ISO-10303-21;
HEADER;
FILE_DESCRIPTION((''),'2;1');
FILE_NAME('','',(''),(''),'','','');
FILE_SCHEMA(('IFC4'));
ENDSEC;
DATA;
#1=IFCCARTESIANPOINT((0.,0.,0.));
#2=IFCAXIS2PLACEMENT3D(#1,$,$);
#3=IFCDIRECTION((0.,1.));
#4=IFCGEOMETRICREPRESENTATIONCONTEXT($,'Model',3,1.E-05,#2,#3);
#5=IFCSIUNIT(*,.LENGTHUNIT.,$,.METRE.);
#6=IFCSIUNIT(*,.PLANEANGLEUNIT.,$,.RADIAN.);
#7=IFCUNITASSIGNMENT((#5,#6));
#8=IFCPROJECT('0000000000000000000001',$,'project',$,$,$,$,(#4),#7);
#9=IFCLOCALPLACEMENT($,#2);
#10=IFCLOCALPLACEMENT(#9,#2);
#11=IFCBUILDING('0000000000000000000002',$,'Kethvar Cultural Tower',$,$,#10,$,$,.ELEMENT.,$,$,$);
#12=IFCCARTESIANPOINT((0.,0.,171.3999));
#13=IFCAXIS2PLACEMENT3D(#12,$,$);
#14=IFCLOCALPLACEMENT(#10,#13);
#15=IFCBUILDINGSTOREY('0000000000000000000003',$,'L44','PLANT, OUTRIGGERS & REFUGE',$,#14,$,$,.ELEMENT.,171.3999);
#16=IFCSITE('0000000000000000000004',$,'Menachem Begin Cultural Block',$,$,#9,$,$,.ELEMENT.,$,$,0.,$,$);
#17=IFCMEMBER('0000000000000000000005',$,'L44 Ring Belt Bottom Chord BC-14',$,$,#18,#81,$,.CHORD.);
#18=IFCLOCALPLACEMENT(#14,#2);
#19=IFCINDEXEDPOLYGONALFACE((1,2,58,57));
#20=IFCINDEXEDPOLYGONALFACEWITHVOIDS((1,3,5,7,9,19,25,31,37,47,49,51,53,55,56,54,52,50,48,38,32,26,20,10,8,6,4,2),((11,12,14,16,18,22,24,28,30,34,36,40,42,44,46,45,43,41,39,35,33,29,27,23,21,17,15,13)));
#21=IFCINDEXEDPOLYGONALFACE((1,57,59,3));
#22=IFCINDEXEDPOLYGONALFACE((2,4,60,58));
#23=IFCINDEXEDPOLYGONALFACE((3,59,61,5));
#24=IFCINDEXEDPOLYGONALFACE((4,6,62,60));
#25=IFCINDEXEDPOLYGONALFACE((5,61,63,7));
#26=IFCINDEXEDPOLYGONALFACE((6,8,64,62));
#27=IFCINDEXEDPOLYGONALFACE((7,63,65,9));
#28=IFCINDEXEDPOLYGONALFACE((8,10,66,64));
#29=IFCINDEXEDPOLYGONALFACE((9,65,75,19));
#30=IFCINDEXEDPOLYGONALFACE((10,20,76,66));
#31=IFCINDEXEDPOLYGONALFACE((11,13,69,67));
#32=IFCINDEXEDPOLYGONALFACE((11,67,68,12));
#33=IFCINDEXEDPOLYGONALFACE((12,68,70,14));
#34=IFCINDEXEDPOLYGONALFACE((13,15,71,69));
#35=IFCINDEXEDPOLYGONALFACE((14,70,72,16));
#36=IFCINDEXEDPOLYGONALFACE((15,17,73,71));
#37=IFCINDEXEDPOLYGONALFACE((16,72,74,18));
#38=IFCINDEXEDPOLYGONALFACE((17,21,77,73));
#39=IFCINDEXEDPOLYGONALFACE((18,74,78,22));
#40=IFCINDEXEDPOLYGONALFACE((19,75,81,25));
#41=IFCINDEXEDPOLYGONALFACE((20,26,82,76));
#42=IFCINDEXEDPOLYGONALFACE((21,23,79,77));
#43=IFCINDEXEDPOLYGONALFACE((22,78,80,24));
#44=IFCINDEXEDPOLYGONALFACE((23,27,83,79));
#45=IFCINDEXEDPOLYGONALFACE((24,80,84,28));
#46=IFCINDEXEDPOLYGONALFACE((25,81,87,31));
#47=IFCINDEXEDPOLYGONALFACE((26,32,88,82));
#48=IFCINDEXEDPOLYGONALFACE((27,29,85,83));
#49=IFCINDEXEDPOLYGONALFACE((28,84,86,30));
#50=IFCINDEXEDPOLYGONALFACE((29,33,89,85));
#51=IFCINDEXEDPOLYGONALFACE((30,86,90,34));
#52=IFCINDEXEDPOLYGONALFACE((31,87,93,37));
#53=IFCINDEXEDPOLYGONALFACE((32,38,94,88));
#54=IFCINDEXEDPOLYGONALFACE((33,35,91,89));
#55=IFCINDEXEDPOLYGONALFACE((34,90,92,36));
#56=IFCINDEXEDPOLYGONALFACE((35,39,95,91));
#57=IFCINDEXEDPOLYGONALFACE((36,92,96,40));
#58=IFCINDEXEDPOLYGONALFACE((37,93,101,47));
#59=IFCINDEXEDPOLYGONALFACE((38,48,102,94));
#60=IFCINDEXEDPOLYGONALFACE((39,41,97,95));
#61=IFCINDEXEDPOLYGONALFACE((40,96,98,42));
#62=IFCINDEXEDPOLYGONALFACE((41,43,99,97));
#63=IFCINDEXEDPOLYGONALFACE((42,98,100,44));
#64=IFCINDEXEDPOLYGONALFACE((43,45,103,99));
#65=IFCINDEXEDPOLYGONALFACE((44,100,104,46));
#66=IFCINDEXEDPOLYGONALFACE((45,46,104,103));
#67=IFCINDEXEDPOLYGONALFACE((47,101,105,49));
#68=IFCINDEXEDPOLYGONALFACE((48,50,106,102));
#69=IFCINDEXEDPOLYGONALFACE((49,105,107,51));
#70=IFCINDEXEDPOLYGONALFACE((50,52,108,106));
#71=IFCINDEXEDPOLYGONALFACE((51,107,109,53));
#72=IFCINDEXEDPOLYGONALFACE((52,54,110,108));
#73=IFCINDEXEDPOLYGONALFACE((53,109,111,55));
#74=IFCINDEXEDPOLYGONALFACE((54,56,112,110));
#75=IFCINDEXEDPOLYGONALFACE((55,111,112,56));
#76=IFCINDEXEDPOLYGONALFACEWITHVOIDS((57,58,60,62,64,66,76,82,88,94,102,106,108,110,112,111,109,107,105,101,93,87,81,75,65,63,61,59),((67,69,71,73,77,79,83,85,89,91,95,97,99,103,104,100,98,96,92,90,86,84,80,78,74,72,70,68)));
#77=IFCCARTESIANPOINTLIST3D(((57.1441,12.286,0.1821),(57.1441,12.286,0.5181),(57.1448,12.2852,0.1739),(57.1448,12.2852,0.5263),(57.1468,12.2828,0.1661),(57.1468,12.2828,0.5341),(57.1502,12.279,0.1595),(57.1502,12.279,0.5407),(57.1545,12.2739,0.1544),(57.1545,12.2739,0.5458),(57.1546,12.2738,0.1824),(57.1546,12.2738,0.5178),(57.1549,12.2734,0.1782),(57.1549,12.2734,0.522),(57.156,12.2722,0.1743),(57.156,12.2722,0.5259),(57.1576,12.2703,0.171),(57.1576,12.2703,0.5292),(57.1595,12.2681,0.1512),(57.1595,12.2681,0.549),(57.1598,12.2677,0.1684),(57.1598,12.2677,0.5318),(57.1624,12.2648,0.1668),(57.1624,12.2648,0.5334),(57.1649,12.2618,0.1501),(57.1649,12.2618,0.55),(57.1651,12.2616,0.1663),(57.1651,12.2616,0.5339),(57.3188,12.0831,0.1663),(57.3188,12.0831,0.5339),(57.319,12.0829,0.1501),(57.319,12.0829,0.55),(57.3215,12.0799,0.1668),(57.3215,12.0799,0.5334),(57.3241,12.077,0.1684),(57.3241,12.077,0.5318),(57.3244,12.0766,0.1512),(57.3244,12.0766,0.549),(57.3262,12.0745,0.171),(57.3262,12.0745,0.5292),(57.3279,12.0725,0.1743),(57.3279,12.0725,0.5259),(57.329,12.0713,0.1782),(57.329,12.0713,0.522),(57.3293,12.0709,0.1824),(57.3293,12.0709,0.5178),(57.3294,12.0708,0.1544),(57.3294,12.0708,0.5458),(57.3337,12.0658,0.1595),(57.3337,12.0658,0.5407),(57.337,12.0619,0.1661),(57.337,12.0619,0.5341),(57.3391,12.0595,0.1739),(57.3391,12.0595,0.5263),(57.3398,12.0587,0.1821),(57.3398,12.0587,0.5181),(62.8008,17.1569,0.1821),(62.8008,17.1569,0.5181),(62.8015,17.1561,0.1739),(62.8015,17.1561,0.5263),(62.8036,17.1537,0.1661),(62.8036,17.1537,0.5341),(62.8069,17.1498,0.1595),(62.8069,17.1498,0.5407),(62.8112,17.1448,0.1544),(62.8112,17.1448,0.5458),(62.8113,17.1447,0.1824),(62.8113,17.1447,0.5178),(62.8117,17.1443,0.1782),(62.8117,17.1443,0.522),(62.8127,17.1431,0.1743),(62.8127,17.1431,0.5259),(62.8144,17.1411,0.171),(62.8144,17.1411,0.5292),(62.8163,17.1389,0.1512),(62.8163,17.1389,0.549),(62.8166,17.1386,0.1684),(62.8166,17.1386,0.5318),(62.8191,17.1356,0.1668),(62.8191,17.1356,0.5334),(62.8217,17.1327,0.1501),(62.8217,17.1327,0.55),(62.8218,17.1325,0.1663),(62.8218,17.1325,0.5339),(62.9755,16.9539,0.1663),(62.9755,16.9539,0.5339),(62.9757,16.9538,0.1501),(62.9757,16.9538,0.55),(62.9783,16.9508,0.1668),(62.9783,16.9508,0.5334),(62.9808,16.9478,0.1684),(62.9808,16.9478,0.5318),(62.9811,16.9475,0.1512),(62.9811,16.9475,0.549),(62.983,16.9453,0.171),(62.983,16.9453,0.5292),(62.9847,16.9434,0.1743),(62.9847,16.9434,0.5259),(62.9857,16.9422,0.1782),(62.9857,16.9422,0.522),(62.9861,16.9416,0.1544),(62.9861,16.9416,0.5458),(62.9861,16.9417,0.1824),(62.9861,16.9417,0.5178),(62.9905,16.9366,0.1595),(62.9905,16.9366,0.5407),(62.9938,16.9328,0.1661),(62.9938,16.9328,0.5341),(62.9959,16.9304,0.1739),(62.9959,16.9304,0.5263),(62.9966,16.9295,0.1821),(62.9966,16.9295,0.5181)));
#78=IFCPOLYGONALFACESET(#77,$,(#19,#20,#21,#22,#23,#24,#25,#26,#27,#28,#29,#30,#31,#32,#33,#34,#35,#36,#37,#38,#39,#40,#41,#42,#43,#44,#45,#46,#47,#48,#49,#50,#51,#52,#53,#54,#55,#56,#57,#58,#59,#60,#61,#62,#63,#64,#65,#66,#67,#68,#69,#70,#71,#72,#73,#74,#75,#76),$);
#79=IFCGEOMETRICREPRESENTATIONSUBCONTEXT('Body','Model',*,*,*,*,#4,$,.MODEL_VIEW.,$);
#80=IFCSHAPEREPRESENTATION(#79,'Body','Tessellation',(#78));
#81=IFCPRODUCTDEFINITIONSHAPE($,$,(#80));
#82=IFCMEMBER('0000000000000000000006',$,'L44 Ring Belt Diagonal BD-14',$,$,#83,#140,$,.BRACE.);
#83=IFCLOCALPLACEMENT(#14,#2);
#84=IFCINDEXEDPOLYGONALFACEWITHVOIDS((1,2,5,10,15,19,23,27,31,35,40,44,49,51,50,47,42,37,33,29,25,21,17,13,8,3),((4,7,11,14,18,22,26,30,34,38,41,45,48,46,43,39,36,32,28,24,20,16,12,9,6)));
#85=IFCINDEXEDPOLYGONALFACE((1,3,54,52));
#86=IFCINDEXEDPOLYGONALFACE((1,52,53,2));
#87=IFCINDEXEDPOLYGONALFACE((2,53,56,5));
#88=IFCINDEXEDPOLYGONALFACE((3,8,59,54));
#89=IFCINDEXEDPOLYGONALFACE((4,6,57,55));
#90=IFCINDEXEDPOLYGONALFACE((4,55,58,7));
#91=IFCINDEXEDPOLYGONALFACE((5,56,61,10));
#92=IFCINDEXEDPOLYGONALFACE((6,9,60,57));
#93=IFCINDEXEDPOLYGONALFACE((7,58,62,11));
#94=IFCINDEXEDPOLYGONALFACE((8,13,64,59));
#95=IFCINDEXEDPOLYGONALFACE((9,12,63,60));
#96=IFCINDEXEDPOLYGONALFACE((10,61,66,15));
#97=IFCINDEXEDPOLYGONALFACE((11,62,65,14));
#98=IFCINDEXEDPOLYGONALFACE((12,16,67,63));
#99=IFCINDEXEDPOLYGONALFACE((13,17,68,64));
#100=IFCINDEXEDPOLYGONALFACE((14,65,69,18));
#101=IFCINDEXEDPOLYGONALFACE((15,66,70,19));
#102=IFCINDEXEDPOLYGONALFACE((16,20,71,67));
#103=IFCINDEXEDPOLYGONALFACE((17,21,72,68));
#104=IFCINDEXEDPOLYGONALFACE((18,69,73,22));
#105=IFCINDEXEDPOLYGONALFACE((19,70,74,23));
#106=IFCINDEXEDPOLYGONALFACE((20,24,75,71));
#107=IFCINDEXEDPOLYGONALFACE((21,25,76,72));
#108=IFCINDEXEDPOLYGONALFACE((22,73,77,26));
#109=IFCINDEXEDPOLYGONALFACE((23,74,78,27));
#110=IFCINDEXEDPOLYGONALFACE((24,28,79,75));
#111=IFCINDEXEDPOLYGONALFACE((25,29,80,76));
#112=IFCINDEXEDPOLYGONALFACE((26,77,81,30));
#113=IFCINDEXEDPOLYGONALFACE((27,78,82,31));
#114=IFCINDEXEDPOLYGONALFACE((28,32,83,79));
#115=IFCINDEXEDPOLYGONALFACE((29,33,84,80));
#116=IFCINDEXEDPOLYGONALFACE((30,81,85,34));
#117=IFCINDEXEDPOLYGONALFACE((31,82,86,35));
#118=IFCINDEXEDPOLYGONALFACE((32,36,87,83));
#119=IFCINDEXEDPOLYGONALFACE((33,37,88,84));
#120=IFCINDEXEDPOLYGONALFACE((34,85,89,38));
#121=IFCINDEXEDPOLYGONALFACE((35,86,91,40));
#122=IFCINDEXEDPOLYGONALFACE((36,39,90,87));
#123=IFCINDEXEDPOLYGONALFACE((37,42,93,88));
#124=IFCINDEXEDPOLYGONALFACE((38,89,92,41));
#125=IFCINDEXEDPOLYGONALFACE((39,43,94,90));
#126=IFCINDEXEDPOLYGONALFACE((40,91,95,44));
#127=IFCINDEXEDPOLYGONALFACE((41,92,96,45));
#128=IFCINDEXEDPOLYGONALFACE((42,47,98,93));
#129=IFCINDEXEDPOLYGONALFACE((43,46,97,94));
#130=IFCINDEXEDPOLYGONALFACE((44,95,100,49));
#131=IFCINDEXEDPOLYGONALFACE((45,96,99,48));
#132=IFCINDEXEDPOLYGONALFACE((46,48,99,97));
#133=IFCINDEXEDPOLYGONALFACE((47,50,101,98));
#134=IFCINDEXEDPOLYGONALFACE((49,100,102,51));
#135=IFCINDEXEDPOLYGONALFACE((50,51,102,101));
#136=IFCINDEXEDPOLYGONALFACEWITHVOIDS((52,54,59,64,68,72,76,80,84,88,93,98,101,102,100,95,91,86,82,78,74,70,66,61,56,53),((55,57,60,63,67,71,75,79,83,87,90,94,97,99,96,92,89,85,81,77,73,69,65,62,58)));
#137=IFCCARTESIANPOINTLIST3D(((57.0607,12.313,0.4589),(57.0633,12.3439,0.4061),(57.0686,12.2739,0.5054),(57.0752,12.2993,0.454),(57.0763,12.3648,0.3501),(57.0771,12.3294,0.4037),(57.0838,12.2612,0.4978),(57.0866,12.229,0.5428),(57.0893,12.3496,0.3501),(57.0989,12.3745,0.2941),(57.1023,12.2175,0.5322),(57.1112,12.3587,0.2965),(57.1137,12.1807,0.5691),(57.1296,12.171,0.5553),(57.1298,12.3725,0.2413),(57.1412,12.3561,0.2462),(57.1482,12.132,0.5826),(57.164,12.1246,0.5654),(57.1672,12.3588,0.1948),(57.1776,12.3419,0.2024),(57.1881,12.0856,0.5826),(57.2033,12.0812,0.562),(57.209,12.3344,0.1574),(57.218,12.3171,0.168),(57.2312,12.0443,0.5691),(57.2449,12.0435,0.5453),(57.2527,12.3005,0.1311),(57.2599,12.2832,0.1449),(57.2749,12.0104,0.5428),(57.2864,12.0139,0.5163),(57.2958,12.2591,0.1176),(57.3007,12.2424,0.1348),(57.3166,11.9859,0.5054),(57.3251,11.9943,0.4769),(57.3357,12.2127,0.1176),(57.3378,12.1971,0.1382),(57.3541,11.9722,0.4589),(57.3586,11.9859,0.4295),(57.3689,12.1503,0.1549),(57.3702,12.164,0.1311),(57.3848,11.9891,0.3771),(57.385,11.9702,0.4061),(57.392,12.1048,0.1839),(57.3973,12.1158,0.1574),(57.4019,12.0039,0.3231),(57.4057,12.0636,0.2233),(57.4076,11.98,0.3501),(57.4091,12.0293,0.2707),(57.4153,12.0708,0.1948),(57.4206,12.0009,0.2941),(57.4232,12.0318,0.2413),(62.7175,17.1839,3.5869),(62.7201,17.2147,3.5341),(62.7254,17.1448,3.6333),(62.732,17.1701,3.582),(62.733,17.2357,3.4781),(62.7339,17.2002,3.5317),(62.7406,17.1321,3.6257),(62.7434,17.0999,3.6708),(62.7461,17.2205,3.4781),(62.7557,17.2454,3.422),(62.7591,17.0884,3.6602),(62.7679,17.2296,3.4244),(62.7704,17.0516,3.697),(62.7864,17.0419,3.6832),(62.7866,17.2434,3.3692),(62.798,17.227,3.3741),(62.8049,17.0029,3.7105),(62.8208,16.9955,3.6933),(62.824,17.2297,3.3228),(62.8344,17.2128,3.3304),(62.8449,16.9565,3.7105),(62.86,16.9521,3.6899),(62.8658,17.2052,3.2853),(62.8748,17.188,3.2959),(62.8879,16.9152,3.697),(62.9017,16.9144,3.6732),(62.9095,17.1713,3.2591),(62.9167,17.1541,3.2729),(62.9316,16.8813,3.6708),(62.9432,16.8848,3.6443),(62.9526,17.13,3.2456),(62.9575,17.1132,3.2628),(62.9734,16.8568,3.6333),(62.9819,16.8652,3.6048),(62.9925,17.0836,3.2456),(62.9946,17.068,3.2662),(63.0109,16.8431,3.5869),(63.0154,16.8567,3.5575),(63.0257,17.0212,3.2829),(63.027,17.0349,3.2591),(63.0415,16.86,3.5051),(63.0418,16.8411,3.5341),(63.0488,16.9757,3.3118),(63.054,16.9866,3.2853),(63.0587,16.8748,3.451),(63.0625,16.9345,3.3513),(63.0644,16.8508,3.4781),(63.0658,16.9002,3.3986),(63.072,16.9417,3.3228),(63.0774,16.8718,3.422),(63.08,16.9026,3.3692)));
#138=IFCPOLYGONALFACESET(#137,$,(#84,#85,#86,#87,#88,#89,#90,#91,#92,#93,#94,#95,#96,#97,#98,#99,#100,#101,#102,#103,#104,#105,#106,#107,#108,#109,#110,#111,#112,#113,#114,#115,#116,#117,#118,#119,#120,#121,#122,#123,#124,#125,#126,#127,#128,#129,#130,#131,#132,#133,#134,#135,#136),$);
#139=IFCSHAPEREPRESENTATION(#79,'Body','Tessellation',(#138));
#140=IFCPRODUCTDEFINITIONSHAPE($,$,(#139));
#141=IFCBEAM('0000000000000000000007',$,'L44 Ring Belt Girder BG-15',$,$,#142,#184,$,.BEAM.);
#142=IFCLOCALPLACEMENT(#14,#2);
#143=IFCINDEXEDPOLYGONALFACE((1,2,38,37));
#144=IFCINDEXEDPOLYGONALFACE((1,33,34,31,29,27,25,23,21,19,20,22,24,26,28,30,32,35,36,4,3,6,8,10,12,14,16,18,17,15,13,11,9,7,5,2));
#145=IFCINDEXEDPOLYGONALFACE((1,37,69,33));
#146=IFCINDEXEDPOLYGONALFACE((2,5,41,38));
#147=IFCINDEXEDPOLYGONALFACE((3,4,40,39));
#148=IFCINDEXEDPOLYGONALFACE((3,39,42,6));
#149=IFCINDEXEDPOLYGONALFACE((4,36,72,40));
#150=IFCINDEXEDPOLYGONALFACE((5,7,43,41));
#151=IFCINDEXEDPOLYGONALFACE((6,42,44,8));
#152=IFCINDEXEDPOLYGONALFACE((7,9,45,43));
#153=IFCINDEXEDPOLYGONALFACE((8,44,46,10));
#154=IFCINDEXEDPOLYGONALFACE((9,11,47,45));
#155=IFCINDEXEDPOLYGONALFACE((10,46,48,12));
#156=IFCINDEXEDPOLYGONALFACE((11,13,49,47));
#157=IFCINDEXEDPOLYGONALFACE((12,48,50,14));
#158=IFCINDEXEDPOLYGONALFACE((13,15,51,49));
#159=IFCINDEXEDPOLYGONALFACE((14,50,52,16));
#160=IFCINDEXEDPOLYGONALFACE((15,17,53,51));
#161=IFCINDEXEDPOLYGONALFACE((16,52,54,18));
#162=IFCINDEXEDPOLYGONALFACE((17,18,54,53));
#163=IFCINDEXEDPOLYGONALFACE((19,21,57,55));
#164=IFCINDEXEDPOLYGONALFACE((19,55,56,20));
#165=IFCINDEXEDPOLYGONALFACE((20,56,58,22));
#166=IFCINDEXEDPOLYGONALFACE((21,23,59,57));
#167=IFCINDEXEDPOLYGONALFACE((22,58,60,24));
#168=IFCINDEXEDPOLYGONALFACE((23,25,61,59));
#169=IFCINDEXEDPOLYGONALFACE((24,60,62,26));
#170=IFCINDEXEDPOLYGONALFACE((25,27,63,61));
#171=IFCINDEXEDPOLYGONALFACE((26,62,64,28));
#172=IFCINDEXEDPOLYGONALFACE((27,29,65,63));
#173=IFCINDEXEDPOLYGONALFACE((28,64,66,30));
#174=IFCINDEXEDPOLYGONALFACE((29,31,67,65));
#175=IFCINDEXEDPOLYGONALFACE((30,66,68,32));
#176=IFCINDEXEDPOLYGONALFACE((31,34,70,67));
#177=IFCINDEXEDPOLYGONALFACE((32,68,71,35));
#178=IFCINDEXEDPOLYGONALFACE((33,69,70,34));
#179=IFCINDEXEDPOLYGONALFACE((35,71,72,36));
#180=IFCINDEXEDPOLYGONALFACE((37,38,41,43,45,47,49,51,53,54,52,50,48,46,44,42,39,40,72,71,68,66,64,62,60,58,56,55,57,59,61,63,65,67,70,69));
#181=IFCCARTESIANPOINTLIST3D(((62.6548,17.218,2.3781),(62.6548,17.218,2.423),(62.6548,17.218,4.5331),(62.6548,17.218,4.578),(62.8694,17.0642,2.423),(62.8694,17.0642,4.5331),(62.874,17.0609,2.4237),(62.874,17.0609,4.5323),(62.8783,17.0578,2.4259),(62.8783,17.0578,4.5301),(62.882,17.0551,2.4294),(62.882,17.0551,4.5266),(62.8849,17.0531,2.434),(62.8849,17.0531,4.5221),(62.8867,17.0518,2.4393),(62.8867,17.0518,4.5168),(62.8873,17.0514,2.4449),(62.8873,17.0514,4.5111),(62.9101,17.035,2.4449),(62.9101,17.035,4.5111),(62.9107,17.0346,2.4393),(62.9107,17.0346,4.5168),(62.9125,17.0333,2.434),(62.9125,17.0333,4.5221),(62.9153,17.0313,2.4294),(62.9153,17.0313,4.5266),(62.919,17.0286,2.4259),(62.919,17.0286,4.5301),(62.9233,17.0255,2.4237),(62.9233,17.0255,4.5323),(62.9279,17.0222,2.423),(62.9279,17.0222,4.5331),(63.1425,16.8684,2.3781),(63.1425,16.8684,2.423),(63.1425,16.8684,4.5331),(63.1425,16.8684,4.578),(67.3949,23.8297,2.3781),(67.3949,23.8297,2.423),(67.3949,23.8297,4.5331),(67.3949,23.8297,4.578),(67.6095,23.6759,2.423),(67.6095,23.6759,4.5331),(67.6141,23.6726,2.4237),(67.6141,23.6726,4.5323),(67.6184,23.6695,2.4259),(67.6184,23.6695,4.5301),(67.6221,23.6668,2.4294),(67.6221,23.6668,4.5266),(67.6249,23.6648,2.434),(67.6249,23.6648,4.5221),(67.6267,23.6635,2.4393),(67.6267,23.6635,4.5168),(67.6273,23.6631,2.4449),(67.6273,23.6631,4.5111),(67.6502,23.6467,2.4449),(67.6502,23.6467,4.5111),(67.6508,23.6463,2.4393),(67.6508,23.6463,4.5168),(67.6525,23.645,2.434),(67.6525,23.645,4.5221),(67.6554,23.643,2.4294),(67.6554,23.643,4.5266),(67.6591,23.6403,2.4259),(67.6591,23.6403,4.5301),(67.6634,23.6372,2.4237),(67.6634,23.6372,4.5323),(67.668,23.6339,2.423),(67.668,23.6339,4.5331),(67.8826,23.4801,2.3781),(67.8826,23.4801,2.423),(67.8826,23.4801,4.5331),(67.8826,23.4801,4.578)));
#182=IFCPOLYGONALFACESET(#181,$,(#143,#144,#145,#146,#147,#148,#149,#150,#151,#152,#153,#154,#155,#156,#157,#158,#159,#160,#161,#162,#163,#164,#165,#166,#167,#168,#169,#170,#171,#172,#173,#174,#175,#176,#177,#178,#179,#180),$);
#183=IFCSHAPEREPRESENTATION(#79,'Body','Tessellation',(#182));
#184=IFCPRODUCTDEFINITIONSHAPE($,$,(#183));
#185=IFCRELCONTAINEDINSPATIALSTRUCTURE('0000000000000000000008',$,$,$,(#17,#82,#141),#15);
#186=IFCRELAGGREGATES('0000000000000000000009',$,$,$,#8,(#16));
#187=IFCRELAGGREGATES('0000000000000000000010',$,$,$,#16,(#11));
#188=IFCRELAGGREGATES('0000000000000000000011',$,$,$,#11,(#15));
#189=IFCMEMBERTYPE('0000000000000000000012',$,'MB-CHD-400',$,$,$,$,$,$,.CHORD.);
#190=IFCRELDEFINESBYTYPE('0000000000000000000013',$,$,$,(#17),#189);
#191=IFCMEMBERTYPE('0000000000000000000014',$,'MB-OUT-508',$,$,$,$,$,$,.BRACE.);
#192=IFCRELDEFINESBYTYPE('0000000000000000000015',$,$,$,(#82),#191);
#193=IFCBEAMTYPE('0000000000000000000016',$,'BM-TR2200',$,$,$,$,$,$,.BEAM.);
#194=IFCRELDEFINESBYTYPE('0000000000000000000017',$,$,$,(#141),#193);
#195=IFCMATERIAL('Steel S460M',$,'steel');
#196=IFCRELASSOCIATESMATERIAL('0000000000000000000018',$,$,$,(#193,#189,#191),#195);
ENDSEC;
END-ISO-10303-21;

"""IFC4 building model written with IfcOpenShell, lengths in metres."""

from ifc_helpers import new_model, si_unit, direction, frame, origin, origin_2d, place, context, subcontext, project, spatial, hollow_rectangle, hollow_circle, i_section, extrude, source, transform, mapped, material, material_profile, profile_set, type_object, element, save


model = new_model("IFC4")

# Units and contexts
model_context = context("Model", 3, precision=1e-05, world=origin(), true_north=direction((0.0, 1.0)))
body_context = subcontext(model_context, "Body", "Model", "MODEL_VIEW")
ifc_project = project(units=[si_unit("LENGTHUNIT", "METRE"), si_unit("PLANEANGLEUNIT", "RADIAN")], contexts=[model_context])

# Site, building, storey
site_placement = place(None, origin())
site = spatial("IfcSite", under=ifc_project, at=site_placement, Name="Menachem Begin Cultural Block", CompositionType="ELEMENT", RefElevation=0.0)
building_placement = place(site_placement, origin())
building = spatial("IfcBuilding", under=site, at=building_placement, Name="Kethvar Cultural Tower", CompositionType="ELEMENT")
storey_placement = place(building_placement, frame((0.0, 0.0, 171.3999)))
storey = spatial("IfcBuildingStorey", under=building, at=storey_placement, Name="L44", Description="PLANT, OUTRIGGERS & REFUGE", CompositionType="ELEMENT", Elevation=171.3999)

# Shared definitions
ifc_material_1 = material(Name="Steel S460M", Category="steel")

# Shared definitions
ifc_material_profile_1 = material_profile(ifc_material_1, i_section(OverallWidth=0.6001, OverallDepth=2.2, WebThickness=0.0281, FlangeThickness=0.0449, FilletRadius=0.022, at=origin_2d()), Name="Steel S460M — PG2200x600x45x28")
ifc_profile_set_1 = profile_set([ifc_material_profile_1], Name="Steel S460M — PG2200x600x45x28")
beam_type = type_object("IfcBeamType", Name="BM-TR2200", PredefinedType="BEAM", material=ifc_profile_set_1)

# Members
ifc_material_profile_2 = material_profile(ifc_material_1, hollow_rectangle(XDim=0.3, YDim=0.3999, WallThickness=0.0161, InnerFilletRadius=0.0161, OuterFilletRadius=0.032, at=origin_2d()), Name="Steel S460M — RHS400x300x16")
ifc_profile_set_2 = profile_set([ifc_material_profile_2], Name="Steel S460M — RHS400x300x16")
member_type_1 = type_object("IfcMemberType", Name="MB-CHD-400", PredefinedType="CHORD", material=ifc_profile_set_2)
shared_shape_1 = source(origin(), body_context, "Body", "SweptSolid", [
    extrude(hollow_rectangle(XDim=0.3, YDim=0.3999, WallThickness=0.0161, InnerFilletRadius=0.0161, OuterFilletRadius=0.032, at=origin_2d()), origin(), (0.0, 0.0, 1.0), 7.4648),
])
member_1_placement = place(storey_placement, frame((57.2419, 12.1724, 0.3501), z_axis=(0.757784, 0.652505, 0.0), x_axis=(-0.652505, 0.757784, 0.0)))
element("IfcMember", 1, at=member_1_placement, inside=storey, type_object=member_type_1, Name="L44 Ring Belt Bottom Chord BC-14", PredefinedType="CHORD", context=body_context, shape_type="MappedRepresentation", body=[
    mapped(shared_shape_1, transform((0.0, 0.0, 0.0), scale=1.0)),
])
ifc_material_profile_3 = material_profile(ifc_material_1, hollow_circle(Radius=0.2539, WallThickness=0.02, at=origin_2d()), Name="Steel S460M — CHS508x20")
ifc_profile_set_3 = profile_set([ifc_material_profile_3], Name="Steel S460M — CHS508x20")
member_type_2 = type_object("IfcMemberType", Name="MB-OUT-508", PredefinedType="BRACE", material=ifc_profile_set_3)
shared_shape_2 = source(origin(), body_context, "Body", "SweptSolid", [
    extrude(hollow_circle(Radius=0.2539, WallThickness=0.02, at=origin_2d()), origin(), (0.0, 0.0, 1.0), 8.0938),
])
member_2_placement = place(storey_placement, frame((57.2419, 12.1724, 0.3501), z_axis=(0.698907, 0.601808, 0.386465), x_axis=(-0.652505, 0.757784, 0.0)))
element("IfcMember", 2, at=member_2_placement, inside=storey, type_object=member_type_2, Name="L44 Ring Belt Diagonal BD-14", PredefinedType="BRACE", context=body_context, shape_type="MappedRepresentation", body=[
    mapped(shared_shape_2, transform((0.0, 0.0, 0.0), scale=1.0)),
])

# Beam
shared_shape_3 = source(origin(), body_context, "Body", "SweptSolid", [
    extrude(i_section(OverallWidth=0.6001, OverallDepth=2.2, WebThickness=0.0281, FlangeThickness=0.0449, FilletRadius=0.022, at=origin_2d()), origin(), (0.0, 0.0, 1.0), 8.1353),
])
beam_1_placement = place(storey_placement, frame((62.8987, 17.0432, 3.478), z_axis=(0.582657, 0.812718, 0.0), x_axis=(-0.812718, 0.582657, 0.0)))
element("IfcBeam", 3, at=beam_1_placement, inside=storey, type_object=beam_type, Name="L44 Ring Belt Girder BG-15", PredefinedType="BEAM", context=body_context, shape_type="MappedRepresentation", body=[
    mapped(shared_shape_3, transform((0.0, 0.0, 0.0), scale=1.0)),
])

save(model, "model.ifc")
